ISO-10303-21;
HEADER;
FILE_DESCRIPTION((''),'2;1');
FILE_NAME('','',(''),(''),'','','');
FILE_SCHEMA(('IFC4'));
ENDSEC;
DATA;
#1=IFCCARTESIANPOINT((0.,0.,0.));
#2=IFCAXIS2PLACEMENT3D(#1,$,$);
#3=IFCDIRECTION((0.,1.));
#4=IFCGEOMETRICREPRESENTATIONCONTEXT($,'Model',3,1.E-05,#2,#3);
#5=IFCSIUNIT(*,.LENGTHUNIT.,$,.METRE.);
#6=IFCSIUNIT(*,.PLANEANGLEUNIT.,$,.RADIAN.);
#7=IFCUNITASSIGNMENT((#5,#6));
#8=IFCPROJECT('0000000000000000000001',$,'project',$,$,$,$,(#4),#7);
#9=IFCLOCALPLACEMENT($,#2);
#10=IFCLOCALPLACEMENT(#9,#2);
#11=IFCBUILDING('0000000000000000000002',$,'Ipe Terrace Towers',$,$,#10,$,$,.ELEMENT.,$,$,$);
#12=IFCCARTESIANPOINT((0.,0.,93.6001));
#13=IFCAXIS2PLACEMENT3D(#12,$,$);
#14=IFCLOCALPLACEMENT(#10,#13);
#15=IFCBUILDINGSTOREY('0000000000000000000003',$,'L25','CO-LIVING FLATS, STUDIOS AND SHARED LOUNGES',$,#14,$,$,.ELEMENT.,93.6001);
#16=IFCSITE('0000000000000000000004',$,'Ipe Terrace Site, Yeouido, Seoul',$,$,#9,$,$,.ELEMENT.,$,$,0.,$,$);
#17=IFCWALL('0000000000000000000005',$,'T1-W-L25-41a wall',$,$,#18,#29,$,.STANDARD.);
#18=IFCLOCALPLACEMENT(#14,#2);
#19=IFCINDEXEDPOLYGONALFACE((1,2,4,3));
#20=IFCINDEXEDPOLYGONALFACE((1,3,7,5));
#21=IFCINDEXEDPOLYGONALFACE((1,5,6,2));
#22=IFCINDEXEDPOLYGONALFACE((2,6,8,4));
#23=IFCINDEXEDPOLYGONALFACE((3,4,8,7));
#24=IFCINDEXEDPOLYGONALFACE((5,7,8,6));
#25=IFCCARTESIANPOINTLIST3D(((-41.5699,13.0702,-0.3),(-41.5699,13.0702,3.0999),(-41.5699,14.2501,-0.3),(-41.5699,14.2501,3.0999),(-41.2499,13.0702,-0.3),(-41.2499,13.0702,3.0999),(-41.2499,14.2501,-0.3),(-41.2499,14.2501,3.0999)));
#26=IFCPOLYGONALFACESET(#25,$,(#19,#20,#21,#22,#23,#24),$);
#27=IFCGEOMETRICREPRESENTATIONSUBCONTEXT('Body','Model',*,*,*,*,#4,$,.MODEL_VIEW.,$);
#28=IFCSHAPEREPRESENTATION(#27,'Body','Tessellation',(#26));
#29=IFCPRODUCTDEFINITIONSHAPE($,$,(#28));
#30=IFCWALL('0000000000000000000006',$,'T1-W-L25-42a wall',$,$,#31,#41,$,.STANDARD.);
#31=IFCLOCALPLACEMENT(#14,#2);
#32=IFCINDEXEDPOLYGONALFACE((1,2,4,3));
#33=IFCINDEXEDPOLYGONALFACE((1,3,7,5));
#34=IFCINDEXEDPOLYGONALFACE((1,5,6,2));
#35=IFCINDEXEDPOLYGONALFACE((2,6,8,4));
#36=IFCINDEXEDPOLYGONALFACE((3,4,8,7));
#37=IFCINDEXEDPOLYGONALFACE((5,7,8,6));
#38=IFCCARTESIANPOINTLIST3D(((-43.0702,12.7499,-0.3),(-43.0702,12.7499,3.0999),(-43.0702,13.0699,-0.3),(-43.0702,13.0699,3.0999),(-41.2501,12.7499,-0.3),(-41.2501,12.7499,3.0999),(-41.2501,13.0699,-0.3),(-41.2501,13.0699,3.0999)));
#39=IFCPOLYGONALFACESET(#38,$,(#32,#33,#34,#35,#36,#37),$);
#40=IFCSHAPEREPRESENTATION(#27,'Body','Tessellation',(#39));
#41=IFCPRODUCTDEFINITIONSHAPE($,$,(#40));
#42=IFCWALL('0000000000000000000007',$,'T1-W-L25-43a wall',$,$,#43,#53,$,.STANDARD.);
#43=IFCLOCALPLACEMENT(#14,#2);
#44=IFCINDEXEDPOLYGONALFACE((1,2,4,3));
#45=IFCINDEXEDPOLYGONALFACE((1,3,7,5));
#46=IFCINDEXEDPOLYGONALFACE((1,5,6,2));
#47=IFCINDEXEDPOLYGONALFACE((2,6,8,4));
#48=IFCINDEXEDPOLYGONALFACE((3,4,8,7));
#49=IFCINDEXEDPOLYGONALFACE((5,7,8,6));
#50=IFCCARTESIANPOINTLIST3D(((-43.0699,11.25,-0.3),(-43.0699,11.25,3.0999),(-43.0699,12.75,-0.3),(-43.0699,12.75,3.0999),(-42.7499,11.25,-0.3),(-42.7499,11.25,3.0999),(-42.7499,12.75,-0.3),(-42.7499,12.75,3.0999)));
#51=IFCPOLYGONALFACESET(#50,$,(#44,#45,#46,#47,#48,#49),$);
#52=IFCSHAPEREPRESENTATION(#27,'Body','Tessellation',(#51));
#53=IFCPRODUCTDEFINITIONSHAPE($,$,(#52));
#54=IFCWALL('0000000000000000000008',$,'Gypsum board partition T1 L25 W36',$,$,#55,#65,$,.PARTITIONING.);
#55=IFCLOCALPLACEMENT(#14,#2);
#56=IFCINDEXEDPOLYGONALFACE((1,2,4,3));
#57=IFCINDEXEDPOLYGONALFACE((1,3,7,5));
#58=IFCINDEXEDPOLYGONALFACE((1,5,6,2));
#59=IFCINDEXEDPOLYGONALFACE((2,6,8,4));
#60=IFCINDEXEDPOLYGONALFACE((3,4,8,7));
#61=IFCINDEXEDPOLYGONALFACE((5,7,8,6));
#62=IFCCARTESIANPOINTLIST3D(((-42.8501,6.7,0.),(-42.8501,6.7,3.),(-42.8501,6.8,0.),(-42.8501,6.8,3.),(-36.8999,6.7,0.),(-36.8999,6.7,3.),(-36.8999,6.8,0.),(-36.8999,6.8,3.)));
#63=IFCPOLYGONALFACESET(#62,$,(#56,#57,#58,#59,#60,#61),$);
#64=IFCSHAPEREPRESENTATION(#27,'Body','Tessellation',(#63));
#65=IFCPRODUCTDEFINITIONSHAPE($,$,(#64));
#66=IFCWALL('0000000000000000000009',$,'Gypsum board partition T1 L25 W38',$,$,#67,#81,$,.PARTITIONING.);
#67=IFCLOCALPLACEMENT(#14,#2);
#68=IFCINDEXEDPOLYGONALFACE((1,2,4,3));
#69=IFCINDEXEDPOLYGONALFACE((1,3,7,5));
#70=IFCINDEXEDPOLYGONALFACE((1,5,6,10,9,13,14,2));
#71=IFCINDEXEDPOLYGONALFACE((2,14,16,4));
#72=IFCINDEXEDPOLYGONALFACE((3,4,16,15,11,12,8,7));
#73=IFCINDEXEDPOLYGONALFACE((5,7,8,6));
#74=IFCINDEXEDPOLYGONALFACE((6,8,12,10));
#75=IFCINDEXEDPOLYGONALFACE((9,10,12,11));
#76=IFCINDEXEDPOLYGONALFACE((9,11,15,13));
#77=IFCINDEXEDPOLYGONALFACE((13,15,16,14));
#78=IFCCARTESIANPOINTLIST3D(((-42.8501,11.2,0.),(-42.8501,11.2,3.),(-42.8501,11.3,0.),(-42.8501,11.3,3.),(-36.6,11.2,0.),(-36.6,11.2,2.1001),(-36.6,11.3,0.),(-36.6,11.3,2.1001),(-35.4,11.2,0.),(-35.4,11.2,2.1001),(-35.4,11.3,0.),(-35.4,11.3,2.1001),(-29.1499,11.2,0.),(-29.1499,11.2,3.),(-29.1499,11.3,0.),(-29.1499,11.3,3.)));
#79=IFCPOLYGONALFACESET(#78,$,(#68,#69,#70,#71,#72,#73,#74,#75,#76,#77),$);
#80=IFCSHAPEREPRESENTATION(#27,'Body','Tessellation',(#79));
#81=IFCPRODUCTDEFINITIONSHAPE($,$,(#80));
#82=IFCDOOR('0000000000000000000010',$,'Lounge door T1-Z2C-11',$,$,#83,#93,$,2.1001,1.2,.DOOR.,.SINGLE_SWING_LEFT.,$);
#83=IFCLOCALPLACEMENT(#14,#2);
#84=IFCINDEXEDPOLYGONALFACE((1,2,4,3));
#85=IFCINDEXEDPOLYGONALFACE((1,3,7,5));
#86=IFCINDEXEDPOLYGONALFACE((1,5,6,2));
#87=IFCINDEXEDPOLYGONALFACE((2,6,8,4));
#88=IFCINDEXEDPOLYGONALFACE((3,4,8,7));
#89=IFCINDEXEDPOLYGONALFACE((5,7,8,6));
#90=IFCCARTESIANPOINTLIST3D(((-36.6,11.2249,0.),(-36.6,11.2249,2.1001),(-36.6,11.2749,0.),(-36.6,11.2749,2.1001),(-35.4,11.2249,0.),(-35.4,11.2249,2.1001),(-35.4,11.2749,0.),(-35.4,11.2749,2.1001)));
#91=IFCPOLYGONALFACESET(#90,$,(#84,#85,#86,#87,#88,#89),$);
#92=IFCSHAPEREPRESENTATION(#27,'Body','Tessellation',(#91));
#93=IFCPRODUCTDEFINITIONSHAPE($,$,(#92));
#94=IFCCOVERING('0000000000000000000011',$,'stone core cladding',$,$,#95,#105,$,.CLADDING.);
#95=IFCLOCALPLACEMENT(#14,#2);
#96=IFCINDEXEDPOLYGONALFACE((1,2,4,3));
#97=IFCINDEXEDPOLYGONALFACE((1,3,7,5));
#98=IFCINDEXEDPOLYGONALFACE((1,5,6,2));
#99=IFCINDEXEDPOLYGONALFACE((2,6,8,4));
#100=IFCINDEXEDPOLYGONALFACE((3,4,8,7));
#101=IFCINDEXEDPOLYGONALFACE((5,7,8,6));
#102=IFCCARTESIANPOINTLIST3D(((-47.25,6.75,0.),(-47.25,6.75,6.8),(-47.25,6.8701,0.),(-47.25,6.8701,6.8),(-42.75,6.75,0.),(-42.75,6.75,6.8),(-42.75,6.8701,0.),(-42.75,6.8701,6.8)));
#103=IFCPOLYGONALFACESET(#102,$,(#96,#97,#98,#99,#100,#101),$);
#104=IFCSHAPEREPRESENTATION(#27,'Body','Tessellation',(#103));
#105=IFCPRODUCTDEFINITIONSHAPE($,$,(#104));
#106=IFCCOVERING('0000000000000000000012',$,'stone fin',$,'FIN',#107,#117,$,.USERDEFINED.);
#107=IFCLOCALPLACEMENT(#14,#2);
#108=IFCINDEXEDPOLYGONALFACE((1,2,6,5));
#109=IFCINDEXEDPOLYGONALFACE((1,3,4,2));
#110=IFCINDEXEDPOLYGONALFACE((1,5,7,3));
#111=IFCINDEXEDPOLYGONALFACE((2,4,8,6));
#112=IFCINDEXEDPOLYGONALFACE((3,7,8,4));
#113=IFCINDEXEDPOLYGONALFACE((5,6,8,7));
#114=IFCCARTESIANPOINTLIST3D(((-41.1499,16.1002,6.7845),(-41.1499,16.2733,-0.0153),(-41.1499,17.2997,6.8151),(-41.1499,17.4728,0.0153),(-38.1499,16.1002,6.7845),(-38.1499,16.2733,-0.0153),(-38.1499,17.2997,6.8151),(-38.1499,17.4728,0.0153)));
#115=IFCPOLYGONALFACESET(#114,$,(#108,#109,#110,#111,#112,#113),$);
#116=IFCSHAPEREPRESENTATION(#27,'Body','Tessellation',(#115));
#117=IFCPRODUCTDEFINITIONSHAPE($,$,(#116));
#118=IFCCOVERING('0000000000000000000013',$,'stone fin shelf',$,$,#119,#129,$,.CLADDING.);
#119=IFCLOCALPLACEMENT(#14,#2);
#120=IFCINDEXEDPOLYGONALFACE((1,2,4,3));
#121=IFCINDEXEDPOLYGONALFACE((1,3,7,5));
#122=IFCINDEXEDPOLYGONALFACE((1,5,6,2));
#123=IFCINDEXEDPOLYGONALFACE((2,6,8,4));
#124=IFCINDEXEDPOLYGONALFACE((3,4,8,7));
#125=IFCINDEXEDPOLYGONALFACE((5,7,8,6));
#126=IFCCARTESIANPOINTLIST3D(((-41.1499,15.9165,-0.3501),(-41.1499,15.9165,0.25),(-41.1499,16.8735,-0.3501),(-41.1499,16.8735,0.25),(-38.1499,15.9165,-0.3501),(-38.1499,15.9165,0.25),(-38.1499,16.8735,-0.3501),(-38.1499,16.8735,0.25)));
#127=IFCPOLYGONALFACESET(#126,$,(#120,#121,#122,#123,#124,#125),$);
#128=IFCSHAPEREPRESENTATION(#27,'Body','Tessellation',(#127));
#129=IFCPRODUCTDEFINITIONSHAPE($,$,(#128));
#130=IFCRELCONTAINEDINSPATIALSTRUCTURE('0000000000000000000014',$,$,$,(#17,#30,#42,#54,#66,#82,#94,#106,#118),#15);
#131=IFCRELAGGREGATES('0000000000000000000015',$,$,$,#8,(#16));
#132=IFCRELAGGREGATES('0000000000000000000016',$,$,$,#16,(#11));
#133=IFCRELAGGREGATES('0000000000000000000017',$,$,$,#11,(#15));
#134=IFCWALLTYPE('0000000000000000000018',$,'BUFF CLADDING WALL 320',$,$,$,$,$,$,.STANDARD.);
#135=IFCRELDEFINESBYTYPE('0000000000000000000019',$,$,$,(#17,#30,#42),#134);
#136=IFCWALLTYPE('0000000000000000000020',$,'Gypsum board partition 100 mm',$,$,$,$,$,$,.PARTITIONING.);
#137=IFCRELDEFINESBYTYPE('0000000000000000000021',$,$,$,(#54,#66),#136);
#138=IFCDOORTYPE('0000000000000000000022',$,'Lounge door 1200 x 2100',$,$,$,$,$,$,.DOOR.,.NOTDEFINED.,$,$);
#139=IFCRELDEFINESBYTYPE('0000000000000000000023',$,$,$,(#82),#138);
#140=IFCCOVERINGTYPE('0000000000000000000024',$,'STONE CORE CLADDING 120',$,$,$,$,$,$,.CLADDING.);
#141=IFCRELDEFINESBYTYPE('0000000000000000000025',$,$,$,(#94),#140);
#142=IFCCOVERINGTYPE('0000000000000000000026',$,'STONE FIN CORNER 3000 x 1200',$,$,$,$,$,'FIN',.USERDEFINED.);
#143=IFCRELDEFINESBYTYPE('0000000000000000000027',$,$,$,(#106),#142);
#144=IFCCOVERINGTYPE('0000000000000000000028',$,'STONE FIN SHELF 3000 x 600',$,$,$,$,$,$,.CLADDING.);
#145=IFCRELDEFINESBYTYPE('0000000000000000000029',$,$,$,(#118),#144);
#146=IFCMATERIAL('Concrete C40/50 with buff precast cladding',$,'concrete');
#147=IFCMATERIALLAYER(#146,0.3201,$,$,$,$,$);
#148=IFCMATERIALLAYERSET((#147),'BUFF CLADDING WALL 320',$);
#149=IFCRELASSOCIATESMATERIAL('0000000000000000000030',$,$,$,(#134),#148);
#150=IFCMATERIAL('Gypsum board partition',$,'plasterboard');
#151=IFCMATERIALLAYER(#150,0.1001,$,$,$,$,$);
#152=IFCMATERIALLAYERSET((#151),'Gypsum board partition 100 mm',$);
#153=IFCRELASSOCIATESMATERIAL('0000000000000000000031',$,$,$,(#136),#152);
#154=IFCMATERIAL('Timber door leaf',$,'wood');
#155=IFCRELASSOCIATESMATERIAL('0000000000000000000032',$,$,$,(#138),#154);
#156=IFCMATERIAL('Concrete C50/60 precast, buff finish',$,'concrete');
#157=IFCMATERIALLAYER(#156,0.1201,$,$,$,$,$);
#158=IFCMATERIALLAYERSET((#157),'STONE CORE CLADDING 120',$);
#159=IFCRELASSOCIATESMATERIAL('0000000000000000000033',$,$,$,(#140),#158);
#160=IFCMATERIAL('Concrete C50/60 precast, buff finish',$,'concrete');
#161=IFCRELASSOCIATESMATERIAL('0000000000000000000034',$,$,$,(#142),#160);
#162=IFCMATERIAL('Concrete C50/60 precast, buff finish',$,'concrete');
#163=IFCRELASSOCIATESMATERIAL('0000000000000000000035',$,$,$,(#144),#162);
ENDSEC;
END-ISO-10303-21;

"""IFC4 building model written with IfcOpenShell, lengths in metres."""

from ifc_helpers import new_model, si_unit, direction, frame, frame_2d, origin, origin_2d, place, context, subcontext, project, spatial, rectangle, extrude, material, layer, layer_set, material_profile, profile_set, type_object, element, fill, save


model = new_model("IFC4")

# Units and contexts
model_context = context("Model", 3, precision=1e-05, world=origin(), true_north=direction((0.0, 1.0)))
body_context = subcontext(model_context, "Body", "Model", "MODEL_VIEW")
ifc_project = project(units=[si_unit("LENGTHUNIT", "METRE"), si_unit("PLANEANGLEUNIT", "RADIAN")], contexts=[model_context])

# Site, building, storey
site_placement = place(None, origin())
site = spatial("IfcSite", under=ifc_project, at=site_placement, Name="Ipe Terrace Site, Yeouido, Seoul", CompositionType="ELEMENT", RefElevation=0.0)
building_placement = place(site_placement, origin())
building = spatial("IfcBuilding", under=site, at=building_placement, Name="Ipe Terrace Towers", CompositionType="ELEMENT")
storey_placement = place(building_placement, frame((0.0, 0.0, 93.6001)))
storey = spatial("IfcBuildingStorey", under=building, at=storey_placement, Name="L25", Description="CO-LIVING FLATS, STUDIOS AND SHARED LOUNGES", CompositionType="ELEMENT", Elevation=93.6001)

# Walls
ifc_material_1 = material(Name="Concrete C40/50 with buff precast cladding", Category="concrete")
ifc_layer_1 = layer(ifc_material_1, 0.3201)
ifc_layer_set_1 = layer_set([ifc_layer_1], Name="BUFF CLADDING WALL 320")
wall_type_1 = type_object("IfcWallType", Name="BUFF CLADDING WALL 320", PredefinedType="STANDARD", material=ifc_layer_set_1)
wall_1_placement = place(storey_placement, frame((-41.4099, 14.25, -0.3), z_axis=(0.0, 0.0, 1.0), x_axis=(0.0, -1.0, 0.0)))
element("IfcWall", 1, at=wall_1_placement, inside=storey, type_object=wall_type_1, Name="T1-W-L25-41a wall", PredefinedType="STANDARD", context=body_context, shape_type="SweptSolid", body=[
    extrude(rectangle(XDim=1.1799, YDim=0.3201, at=frame_2d((0.5898, 0.0))), origin(), (0.0, 0.0, 1.0), 3.3999),
])
wall_2_placement = place(storey_placement, frame((-41.25, 12.9099, -0.3), z_axis=(0.0, 0.0, 1.0), x_axis=(-1.0, 0.0, 0.0)))
element("IfcWall", 2, at=wall_2_placement, inside=storey, type_object=wall_type_1, Name="T1-W-L25-42a wall", PredefinedType="STANDARD", context=body_context, shape_type="SweptSolid", body=[
    extrude(rectangle(XDim=1.8201, YDim=0.3201, at=frame_2d((0.9102, 0.0))), origin(), (0.0, 0.0, 1.0), 3.3999),
])
wall_3_placement = place(storey_placement, frame((-42.9099, 12.75, -0.3), z_axis=(0.0, 0.0, 1.0), x_axis=(0.0, -1.0, 0.0)))
element("IfcWall", 3, at=wall_3_placement, inside=storey, type_object=wall_type_1, Name="T1-W-L25-43a wall", PredefinedType="STANDARD", context=body_context, shape_type="SweptSolid", body=[
    extrude(rectangle(XDim=1.5, YDim=0.3201, at=frame_2d((0.75, 0.0))), origin(), (0.0, 0.0, 1.0), 3.3999),
])
ifc_material_2 = material(Name="Gypsum board partition", Category="plasterboard")
ifc_layer_2 = layer(ifc_material_2, 0.1001)
ifc_layer_set_2 = layer_set([ifc_layer_2], Name="Gypsum board partition 100 mm")
wall_type_2 = type_object("IfcWallType", Name="Gypsum board partition 100 mm", PredefinedType="PARTITIONING", material=ifc_layer_set_2)
wall_4_placement = place(storey_placement, frame((-42.8501, 6.75, 0.0), z_axis=(0.0, 0.0, 1.0), x_axis=(1.0, 0.0, 0.0)))
element("IfcWall", 4, at=wall_4_placement, inside=storey, type_object=wall_type_2, Name="Gypsum board partition T1 L25 W36", PredefinedType="PARTITIONING", context=body_context, shape_type="SweptSolid", body=[
    extrude(rectangle(XDim=5.9502, YDim=0.1001, at=frame_2d((2.9751, 0.0))), origin(), (0.0, 0.0, 1.0), 3.0),
])

# Wall, opening, door
wall_5_placement = place(storey_placement, frame((-42.8501, 11.25, 0.0), z_axis=(0.0, 0.0, 1.0), x_axis=(1.0, 0.0, 0.0)))
wall_5 = element("IfcWall", 5, at=wall_5_placement, inside=storey, type_object=wall_type_2, Name="Gypsum board partition T1 L25 W38", PredefinedType="PARTITIONING", context=body_context, shape_type="SweptSolid", body=[
    extrude(rectangle(XDim=13.7002, YDim=0.1001, at=frame_2d((6.8501, 0.0))), origin(), (0.0, 0.0, 1.0), 3.0),
])
opening_placement = place(wall_5_placement, frame((6.25, 0.0, 0.0)))
opening = element("IfcOpeningElement", 6, at=opening_placement, cuts=wall_5, PredefinedType="OPENING", context=body_context, shape_type="SweptSolid", body=[
    extrude(rectangle(XDim=1.2, YDim=2.1001, at=frame_2d((0.6001, 1.05))), frame((0.0, 0.0601, 0.0), z_axis=(0.0, -1.0, 0.0), x_axis=(1.0, 0.0, 0.0)), (0.0, 0.0, 1.0), 0.1201),
])
ifc_material_3 = material(Name="Timber door leaf", Category="wood")
door_type = type_object("IfcDoorType", Name="Lounge door 1200 x 2100", OperationType="NOTDEFINED", PredefinedType="DOOR", material=ifc_material_3)
door_placement = place(opening_placement, origin())
door = element("IfcDoor", 7, at=door_placement, inside=storey, type_object=door_type, Name="Lounge door T1-Z2C-11", OperationType="SINGLE_SWING_LEFT", OverallHeight=2.1001, OverallWidth=1.2, PredefinedType="DOOR", context=body_context, shape_type="SweptSolid", body=[
    extrude(rectangle(XDim=1.2, YDim=2.1001, at=frame_2d((0.6001, 1.05))), frame((0.0, 0.0249, 0.0), z_axis=(0.0, -1.0, 0.0), x_axis=(1.0, 0.0, 0.0)), (0.0, 0.0, 1.0), 0.05),
])
fill(opening, door)

# Coverings
ifc_material_4 = material(Name="Concrete C50/60 precast, buff finish", Category="concrete")
ifc_layer_3 = layer(ifc_material_4, 0.1201)
ifc_layer_set_3 = layer_set([ifc_layer_3], Name="STONE CORE CLADDING 120")
covering_type_1 = type_object("IfcCoveringType", Name="STONE CORE CLADDING 120", PredefinedType="CLADDING", material=ifc_layer_set_3)
covering_1_placement = place(storey_placement, frame((-45.0, 6.8101, 0.0), z_axis=(0.0, 0.0, 1.0), x_axis=(-1.0, 0.0, 0.0)))
element("IfcCovering", 8, at=covering_1_placement, inside=storey, type_object=covering_type_1, Name="stone core cladding", PredefinedType="CLADDING", context=body_context, shape_type="SweptSolid", body=[
    extrude(rectangle(XDim=4.5, YDim=0.1201, at=origin_2d()), origin(), (0.0, 0.0, 1.0), 6.8),
])
ifc_material_5 = material(Name="Concrete C50/60 precast, buff finish", Category="concrete")
ifc_material_profile_1 = material_profile(ifc_material_5, rectangle(XDim=3.0, YDim=1.2, at=origin_2d()), Name="STONE FIN CORNER 3000 x 1200")
ifc_profile_set_1 = profile_set([ifc_material_profile_1], Name="Concrete C50/60 precast, buff finish")
covering_type_2 = type_object("IfcCoveringType", Name="STONE FIN CORNER 3000 x 1200", ElementType="FIN", PredefinedType="USERDEFINED", material=ifc_profile_set_1)
covering_2_placement = place(storey_placement, frame((-39.6499, 16.873, 0.0), z_axis=(0.0, -0.025448, 0.999676), x_axis=(-1.0, 0.0, 0.0)))
element("IfcCovering", 9, at=covering_2_placement, inside=storey, type_object=covering_type_2, Name="stone fin", ObjectType="FIN", PredefinedType="USERDEFINED", context=body_context, shape_type="SweptSolid", body=[
    extrude(rectangle(XDim=3.0, YDim=1.2, at=origin_2d()), origin(), (0.0, 0.0, 1.0), 6.802),
])
ifc_material_6 = material(Name="Concrete C50/60 precast, buff finish", Category="concrete")
covering_type_3 = type_object("IfcCoveringType", Name="STONE FIN SHELF 3000 x 600", PredefinedType="CLADDING", material=ifc_material_6)
covering_3_placement = place(storey_placement, frame((-39.6499, 16.395, -0.3501), z_axis=(0.0, 0.0, 1.0), x_axis=(-1.0, 0.0, 0.0)))
element("IfcCovering", 10, at=covering_3_placement, inside=storey, type_object=covering_type_3, Name="stone fin shelf", PredefinedType="CLADDING", context=body_context, shape_type="SweptSolid", body=[
    extrude(rectangle(XDim=3.0, YDim=0.957, at=origin_2d()), origin(), (0.0, 0.0, 1.0), 0.6001),
])

save(model, "model.ifc")
